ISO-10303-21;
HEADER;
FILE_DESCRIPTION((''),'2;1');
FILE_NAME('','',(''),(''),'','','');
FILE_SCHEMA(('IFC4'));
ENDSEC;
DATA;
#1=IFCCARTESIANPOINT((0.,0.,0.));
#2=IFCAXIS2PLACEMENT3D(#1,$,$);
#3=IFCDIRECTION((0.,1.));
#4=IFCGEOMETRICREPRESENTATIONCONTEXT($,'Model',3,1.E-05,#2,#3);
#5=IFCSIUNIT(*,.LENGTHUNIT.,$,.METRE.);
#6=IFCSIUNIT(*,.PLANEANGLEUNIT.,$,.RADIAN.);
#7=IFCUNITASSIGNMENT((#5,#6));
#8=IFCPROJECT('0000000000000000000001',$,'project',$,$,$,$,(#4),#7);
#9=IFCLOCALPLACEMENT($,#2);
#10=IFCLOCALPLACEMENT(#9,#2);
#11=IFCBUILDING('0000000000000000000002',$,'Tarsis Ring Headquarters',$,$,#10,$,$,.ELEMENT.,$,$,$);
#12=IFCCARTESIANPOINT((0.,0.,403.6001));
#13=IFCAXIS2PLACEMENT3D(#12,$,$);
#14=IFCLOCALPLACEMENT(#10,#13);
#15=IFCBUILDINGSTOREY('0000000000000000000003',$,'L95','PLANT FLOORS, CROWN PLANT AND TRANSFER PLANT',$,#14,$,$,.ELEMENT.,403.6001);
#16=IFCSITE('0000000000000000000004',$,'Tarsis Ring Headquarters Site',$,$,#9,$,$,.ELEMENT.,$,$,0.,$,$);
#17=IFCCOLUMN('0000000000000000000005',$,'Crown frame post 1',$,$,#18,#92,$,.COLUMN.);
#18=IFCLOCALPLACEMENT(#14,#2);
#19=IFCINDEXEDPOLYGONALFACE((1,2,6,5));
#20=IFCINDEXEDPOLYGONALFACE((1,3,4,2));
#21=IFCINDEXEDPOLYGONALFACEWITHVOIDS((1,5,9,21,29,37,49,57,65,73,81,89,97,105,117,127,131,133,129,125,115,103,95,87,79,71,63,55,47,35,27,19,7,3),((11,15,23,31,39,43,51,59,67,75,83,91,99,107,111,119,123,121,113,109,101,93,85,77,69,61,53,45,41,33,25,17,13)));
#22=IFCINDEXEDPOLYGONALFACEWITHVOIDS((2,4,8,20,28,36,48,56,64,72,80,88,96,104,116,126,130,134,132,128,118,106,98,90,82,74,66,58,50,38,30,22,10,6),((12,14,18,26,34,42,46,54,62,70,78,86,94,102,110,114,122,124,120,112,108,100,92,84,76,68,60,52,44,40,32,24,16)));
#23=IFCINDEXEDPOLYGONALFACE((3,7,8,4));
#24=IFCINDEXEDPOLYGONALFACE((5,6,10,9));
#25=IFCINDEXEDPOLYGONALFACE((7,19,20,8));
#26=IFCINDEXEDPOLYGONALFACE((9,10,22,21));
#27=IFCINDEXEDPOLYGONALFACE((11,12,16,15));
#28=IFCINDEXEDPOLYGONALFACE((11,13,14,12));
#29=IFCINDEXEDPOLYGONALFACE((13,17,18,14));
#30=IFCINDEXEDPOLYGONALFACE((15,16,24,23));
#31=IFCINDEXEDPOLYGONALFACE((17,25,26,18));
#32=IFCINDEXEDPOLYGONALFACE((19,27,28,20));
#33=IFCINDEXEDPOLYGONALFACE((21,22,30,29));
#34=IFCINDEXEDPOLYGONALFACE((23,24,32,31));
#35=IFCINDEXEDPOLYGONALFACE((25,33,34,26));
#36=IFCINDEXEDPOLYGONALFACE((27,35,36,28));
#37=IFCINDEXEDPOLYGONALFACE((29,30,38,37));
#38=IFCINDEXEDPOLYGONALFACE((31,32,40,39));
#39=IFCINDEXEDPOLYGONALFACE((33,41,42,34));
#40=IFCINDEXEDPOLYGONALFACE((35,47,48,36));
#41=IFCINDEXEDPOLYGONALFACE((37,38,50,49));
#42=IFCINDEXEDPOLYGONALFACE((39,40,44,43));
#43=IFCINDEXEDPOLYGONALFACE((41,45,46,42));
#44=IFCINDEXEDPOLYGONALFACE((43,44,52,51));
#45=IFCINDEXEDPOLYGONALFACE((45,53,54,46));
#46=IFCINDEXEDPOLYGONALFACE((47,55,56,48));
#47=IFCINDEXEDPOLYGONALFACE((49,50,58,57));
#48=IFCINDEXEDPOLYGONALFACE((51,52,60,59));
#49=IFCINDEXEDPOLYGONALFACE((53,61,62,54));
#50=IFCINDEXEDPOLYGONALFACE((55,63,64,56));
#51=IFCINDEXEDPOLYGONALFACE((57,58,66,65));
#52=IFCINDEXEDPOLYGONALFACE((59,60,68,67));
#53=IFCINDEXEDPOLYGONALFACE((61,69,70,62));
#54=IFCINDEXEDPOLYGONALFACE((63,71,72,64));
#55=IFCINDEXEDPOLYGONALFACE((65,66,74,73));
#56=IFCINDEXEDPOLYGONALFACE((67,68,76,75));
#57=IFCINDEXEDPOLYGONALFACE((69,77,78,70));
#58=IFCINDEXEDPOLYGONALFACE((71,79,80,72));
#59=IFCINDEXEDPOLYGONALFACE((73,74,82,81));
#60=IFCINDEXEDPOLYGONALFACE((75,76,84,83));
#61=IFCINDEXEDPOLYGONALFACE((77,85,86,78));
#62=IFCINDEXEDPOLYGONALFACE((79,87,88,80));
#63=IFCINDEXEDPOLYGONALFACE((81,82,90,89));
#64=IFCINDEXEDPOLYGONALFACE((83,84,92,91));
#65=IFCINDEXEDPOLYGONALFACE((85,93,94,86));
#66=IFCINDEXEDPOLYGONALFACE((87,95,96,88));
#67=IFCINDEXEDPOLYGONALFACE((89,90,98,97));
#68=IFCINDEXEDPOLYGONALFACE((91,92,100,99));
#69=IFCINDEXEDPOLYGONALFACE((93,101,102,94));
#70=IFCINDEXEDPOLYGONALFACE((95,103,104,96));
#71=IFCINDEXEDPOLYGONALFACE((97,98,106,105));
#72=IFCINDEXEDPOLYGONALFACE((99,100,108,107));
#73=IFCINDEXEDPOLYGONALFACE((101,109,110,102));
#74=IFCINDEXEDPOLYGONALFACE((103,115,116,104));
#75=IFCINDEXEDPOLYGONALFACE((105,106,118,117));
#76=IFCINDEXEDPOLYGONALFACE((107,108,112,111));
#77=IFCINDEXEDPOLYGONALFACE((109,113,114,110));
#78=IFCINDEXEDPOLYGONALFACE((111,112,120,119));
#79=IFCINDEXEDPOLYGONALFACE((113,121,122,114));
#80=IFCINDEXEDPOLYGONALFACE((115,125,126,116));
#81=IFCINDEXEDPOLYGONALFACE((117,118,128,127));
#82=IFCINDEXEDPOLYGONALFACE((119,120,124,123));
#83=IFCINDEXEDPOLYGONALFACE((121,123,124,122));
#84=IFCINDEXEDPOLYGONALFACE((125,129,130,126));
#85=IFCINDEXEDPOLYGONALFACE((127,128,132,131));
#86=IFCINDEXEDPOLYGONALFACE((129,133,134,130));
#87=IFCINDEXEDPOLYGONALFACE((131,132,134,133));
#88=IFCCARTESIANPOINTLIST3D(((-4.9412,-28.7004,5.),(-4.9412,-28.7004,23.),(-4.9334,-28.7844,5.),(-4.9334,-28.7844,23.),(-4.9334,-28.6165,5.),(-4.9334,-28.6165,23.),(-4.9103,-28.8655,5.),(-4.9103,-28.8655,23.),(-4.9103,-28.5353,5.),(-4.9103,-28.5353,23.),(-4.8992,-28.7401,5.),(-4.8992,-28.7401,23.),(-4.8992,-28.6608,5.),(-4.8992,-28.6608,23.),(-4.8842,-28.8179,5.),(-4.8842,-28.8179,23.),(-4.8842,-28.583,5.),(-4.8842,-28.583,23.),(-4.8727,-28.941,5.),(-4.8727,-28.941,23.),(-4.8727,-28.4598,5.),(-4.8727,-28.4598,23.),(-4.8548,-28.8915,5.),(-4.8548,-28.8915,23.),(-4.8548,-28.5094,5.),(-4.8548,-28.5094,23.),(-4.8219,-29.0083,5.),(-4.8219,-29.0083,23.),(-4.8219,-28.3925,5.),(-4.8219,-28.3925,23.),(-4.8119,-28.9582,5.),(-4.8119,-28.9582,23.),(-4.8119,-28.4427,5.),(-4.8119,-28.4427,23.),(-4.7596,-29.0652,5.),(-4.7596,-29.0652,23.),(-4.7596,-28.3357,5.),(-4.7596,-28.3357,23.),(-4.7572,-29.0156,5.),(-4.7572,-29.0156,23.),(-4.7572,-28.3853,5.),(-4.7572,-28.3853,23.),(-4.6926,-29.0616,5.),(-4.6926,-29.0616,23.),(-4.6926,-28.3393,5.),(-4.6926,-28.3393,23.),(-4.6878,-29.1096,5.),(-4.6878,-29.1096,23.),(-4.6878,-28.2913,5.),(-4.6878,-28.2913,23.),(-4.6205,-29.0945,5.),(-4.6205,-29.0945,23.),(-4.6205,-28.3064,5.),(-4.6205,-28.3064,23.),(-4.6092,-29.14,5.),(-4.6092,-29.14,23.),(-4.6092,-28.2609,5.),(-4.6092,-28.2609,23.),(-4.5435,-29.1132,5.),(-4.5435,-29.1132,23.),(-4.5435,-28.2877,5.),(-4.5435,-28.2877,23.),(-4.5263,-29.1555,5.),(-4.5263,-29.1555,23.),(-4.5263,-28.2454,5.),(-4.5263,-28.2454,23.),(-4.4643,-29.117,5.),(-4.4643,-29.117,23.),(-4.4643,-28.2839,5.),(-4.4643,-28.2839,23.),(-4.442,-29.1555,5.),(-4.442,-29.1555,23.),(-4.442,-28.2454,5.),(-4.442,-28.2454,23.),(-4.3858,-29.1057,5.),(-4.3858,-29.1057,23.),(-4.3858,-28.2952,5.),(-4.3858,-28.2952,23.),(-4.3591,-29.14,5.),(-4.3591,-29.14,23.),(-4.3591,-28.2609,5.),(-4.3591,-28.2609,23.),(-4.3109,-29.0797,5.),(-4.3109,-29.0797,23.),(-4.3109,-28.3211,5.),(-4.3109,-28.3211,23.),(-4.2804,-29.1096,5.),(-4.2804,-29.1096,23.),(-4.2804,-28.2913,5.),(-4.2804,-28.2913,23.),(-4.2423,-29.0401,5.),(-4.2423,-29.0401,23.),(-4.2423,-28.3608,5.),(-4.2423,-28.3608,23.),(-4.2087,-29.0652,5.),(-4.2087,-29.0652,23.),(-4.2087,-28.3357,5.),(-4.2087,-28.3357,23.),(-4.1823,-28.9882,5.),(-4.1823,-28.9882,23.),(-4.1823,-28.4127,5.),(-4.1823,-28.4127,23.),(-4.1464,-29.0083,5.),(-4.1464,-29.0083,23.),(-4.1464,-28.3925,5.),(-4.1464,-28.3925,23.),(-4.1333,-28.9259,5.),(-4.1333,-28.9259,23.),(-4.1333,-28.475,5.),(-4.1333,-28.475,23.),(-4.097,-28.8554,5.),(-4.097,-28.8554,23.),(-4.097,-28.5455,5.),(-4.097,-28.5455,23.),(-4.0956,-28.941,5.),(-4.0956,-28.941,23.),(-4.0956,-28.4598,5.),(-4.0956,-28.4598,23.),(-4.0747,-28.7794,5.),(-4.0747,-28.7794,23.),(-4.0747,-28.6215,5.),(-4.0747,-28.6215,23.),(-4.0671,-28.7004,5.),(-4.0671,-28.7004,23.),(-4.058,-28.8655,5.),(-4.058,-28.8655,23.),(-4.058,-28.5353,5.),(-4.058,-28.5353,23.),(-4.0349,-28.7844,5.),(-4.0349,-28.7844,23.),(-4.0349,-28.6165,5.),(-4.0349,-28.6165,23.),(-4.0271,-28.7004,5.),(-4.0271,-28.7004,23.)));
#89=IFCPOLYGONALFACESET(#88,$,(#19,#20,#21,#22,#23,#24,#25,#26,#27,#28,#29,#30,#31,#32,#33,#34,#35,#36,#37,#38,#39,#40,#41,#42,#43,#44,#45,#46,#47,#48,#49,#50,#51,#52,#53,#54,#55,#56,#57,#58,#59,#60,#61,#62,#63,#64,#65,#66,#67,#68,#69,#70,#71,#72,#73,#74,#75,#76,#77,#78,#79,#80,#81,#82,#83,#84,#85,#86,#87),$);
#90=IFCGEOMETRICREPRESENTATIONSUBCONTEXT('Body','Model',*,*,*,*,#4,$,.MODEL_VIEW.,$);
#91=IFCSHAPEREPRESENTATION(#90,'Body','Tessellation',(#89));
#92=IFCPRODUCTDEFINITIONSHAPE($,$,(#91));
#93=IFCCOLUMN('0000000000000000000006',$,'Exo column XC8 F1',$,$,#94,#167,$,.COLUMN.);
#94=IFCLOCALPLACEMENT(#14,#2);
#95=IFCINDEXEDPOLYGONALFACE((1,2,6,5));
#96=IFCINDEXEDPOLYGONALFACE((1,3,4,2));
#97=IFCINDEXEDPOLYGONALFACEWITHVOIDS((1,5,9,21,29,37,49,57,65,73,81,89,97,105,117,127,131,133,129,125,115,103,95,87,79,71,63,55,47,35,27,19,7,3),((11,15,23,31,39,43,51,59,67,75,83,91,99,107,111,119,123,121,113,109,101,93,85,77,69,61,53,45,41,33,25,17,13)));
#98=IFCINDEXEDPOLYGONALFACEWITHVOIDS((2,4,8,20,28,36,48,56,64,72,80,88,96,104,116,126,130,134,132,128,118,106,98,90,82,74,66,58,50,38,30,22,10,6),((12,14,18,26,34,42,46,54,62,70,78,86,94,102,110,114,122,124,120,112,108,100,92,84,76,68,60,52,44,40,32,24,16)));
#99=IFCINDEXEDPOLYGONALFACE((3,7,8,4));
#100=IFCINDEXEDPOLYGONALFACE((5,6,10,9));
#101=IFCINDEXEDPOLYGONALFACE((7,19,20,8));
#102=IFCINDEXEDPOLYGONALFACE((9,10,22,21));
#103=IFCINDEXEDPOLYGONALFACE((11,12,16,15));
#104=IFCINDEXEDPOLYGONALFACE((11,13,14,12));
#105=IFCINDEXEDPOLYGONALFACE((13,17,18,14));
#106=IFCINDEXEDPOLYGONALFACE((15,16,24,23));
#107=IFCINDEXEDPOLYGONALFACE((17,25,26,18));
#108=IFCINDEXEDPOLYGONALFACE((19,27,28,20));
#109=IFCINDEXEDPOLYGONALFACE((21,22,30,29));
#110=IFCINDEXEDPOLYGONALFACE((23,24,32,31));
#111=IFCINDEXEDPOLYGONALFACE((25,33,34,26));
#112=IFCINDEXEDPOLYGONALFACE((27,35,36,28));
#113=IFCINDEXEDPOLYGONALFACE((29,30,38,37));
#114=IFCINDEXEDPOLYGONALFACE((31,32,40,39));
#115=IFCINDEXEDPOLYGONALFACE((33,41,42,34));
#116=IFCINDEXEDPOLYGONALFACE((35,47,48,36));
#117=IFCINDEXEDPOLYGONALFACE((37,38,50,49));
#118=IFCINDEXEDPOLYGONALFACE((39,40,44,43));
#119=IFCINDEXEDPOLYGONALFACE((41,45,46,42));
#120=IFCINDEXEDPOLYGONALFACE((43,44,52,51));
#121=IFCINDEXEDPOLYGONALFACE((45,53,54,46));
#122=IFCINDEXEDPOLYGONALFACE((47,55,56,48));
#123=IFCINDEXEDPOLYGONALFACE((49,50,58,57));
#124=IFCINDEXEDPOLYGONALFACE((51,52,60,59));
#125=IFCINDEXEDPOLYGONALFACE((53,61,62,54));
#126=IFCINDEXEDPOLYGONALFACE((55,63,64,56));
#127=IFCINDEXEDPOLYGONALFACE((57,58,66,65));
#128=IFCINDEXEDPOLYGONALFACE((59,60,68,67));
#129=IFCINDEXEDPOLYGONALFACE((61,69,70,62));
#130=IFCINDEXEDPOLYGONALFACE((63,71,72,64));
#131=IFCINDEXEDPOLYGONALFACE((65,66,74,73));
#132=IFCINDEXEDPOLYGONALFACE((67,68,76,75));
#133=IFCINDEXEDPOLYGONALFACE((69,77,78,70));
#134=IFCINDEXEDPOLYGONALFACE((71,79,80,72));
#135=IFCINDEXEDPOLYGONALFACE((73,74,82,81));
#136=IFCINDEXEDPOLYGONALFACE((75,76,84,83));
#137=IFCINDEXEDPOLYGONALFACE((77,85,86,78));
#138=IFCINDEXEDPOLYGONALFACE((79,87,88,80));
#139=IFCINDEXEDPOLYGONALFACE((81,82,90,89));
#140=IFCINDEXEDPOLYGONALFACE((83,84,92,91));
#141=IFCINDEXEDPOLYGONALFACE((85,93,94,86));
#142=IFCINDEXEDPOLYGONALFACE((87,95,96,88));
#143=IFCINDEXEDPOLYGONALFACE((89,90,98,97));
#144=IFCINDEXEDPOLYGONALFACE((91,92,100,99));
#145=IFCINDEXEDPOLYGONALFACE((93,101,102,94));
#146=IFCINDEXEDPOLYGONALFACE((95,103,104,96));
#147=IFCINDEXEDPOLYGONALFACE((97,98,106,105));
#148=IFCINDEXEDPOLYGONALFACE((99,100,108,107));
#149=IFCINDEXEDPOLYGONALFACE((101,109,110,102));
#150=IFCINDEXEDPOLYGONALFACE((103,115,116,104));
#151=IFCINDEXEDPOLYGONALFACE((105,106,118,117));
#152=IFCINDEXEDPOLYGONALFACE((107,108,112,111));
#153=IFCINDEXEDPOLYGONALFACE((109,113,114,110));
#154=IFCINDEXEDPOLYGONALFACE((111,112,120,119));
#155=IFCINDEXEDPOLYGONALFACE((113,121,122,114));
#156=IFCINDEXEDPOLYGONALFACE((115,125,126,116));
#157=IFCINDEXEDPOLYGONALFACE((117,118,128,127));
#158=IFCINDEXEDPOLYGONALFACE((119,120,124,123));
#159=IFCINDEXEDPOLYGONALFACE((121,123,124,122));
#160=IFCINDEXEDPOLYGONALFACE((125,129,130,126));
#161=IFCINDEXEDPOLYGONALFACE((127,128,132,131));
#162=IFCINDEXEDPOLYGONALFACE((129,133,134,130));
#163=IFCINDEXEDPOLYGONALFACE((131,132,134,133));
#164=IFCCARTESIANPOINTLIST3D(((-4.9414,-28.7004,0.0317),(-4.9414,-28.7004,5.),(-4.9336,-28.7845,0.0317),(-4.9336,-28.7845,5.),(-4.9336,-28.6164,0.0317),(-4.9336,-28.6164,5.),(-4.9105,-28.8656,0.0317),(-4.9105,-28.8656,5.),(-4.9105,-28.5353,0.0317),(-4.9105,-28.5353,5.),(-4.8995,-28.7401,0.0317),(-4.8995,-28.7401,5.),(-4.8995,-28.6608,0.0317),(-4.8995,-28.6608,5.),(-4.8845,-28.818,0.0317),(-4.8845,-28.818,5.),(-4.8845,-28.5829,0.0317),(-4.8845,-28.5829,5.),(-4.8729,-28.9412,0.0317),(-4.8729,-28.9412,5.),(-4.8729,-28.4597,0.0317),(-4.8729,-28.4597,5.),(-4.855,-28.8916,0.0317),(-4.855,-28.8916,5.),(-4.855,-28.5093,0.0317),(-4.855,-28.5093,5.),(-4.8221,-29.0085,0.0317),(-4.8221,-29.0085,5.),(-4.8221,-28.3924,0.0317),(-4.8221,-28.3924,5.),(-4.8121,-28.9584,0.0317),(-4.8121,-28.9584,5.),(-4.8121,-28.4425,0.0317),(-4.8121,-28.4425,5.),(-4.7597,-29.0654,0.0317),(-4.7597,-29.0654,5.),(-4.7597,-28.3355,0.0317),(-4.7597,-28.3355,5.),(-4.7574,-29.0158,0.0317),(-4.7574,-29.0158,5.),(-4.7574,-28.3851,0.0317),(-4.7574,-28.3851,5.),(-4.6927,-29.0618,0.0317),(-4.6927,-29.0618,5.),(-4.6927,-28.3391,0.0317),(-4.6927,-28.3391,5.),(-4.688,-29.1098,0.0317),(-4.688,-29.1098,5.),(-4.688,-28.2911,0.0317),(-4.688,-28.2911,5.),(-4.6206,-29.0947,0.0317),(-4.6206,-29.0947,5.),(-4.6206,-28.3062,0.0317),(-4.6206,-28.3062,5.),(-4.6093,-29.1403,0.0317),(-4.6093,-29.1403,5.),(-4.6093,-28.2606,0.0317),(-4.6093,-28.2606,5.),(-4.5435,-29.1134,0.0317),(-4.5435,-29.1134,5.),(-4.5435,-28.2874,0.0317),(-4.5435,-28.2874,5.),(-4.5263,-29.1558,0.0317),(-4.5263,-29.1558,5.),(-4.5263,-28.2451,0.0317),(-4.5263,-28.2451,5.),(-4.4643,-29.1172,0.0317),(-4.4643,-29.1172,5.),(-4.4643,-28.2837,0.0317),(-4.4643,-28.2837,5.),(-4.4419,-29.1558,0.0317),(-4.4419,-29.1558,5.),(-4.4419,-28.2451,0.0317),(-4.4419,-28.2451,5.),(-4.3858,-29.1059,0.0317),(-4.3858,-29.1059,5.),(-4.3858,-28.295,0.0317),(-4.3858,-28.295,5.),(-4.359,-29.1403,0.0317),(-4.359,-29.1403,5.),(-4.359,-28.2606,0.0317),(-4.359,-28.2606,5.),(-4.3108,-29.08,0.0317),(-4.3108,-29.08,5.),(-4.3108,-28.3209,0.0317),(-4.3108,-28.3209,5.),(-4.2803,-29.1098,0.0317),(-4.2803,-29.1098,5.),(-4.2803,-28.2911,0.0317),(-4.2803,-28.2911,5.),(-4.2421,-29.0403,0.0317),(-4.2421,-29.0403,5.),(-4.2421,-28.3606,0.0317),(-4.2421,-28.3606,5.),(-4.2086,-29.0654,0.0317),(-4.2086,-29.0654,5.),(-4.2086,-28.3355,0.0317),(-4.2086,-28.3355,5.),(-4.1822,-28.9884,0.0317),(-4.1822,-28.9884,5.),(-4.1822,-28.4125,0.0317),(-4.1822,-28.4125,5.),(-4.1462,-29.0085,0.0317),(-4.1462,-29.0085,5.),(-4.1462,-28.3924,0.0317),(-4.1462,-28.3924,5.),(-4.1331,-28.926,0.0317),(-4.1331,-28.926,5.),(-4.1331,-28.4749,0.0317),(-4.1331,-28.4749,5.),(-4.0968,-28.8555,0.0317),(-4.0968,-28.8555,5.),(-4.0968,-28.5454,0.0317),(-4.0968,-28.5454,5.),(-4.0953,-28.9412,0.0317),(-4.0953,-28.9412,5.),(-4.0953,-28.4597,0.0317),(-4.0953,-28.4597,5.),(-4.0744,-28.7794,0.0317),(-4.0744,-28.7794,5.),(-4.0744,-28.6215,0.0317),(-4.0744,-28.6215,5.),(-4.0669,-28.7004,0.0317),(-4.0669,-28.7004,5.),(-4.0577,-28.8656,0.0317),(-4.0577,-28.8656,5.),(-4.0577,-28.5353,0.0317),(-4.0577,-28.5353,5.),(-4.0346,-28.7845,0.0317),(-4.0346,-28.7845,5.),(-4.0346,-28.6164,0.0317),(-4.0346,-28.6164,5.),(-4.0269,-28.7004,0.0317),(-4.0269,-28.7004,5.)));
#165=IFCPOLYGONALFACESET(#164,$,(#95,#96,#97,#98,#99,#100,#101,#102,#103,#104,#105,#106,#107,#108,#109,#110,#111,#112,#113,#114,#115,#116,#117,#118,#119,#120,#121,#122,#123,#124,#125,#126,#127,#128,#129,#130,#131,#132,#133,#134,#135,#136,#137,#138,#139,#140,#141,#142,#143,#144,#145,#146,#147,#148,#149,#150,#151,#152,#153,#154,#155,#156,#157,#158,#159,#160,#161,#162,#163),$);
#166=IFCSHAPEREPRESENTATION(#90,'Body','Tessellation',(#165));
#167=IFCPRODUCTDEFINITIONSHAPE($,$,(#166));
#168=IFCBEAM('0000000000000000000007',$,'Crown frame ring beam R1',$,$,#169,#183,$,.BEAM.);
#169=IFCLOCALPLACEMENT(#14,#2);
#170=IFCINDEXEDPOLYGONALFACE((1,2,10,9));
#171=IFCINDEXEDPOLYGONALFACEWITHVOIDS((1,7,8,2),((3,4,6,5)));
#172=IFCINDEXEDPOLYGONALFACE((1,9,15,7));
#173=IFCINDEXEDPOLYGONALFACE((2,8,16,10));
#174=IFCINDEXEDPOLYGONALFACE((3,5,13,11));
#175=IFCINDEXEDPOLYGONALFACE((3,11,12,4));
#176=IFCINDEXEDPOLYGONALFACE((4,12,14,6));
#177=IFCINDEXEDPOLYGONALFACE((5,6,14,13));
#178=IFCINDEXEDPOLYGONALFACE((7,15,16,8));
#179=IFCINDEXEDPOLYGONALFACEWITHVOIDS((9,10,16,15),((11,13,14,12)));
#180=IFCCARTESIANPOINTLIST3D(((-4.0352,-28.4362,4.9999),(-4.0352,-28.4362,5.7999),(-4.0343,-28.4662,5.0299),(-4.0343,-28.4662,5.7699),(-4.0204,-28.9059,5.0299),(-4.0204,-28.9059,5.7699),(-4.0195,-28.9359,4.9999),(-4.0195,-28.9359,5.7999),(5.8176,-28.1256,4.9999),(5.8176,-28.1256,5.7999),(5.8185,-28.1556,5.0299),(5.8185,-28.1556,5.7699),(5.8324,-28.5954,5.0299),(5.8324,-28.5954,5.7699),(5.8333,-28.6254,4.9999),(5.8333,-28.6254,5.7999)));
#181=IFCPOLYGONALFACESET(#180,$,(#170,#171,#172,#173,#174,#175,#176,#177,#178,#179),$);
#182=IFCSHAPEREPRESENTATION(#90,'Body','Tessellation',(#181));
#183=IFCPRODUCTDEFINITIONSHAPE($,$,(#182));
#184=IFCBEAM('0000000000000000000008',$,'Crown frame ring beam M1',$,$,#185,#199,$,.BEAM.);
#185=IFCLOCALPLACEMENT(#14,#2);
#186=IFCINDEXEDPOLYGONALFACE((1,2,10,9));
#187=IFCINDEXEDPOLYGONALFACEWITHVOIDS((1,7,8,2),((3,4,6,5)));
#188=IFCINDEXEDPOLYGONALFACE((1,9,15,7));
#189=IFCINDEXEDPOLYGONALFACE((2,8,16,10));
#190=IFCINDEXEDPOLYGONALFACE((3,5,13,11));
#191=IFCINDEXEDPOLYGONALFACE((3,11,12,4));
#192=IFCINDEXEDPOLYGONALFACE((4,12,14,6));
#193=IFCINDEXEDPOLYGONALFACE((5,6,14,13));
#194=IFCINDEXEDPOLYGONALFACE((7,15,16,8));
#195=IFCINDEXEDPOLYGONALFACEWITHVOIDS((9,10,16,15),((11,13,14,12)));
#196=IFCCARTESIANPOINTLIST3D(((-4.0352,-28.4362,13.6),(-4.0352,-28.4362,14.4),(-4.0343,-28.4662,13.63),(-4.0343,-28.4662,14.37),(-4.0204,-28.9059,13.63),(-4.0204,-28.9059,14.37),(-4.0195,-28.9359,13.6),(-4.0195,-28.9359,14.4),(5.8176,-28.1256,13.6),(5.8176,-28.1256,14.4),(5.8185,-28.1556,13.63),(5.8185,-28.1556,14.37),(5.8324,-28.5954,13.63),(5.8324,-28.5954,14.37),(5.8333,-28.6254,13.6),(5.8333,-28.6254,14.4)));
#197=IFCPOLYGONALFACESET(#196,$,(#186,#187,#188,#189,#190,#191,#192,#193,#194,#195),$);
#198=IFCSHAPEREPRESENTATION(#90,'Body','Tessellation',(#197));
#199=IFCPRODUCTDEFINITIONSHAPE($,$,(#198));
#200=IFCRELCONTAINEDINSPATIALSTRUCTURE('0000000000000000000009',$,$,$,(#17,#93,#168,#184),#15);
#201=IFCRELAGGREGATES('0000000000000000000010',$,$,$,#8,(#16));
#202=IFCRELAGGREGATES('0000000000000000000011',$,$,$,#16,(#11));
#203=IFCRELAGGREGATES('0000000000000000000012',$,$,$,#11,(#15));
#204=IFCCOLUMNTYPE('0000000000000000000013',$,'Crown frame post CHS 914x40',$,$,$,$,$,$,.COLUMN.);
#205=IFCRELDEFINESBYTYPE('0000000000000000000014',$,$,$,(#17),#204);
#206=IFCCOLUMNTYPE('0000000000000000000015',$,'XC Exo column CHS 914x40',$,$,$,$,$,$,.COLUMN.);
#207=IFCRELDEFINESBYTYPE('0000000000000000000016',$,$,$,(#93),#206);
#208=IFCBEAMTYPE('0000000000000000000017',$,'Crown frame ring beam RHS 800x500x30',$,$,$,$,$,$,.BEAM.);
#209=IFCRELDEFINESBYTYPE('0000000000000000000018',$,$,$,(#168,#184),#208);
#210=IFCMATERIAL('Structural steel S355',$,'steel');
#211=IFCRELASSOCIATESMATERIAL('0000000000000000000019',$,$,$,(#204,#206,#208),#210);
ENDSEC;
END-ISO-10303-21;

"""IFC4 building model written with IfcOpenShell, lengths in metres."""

from ifc_helpers import new_model, si_unit, direction, frame, origin, origin_2d, place, context, subcontext, project, spatial, hollow_rectangle, hollow_circle, extrude, material, material_profile, profile_set, type_object, element, save


model = new_model("IFC4")

# Units and contexts
model_context = context("Model", 3, precision=1e-05, world=origin(), true_north=direction((0.0, 1.0)))
body_context = subcontext(model_context, "Body", "Model", "MODEL_VIEW")
ifc_project = project(units=[si_unit("LENGTHUNIT", "METRE"), si_unit("PLANEANGLEUNIT", "RADIAN")], contexts=[model_context])

# Site, building, storey
site_placement = place(None, origin())
site = spatial("IfcSite", under=ifc_project, at=site_placement, Name="Tarsis Ring Headquarters Site", CompositionType="ELEMENT", RefElevation=0.0)
building_placement = place(site_placement, origin())
building = spatial("IfcBuilding", under=site, at=building_placement, Name="Tarsis Ring Headquarters", CompositionType="ELEMENT")
storey_placement = place(building_placement, frame((0.0, 0.0, 403.6001)))
storey = spatial("IfcBuildingStorey", under=building, at=storey_placement, Name="L95", Description="PLANT FLOORS, CROWN PLANT AND TRANSFER PLANT", CompositionType="ELEMENT", Elevation=403.6001)

# Columns
ifc_material_1 = material(Name="Structural steel S355", Category="steel")
ifc_material_profile_1 = material_profile(ifc_material_1, hollow_circle(Radius=0.457, WallThickness=0.04, at=origin_2d()), Name="CHS 914x40")
ifc_profile_set_1 = profile_set([ifc_material_profile_1], Name="Structural steel S355")
column_type_1 = type_object("IfcColumnType", Name="Crown frame post CHS 914x40", PredefinedType="COLUMN", material=ifc_profile_set_1)
column_1_placement = place(storey_placement, frame((-4.4841, -28.7004, 5.0), z_axis=(0.0, 0.0, 1.0), x_axis=(1.0, 0.0, 0.0)))
element("IfcColumn", 1, at=column_1_placement, inside=storey, type_object=column_type_1, Name="Crown frame post 1", PredefinedType="COLUMN", context=body_context, shape_type="SweptSolid", body=[
    extrude(hollow_circle(Radius=0.457, WallThickness=0.04, at=origin_2d()), origin(), (0.0, 0.0, 1.0), 18.0),
])
column_type_2 = type_object("IfcColumnType", Name="XC Exo column CHS 914x40", PredefinedType="COLUMN", material=ifc_profile_set_1)
column_2_placement = place(storey_placement, frame((-4.4841, -28.7004, 0.0317), z_axis=(0.0, 0.0, 1.0), x_axis=(1.0, 0.0, 0.0)))
element("IfcColumn", 2, at=column_2_placement, inside=storey, type_object=column_type_2, Name="Exo column XC8 F1", PredefinedType="COLUMN", context=body_context, shape_type="SweptSolid", body=[
    extrude(hollow_circle(Radius=0.4573, WallThickness=0.04, at=origin_2d()), origin(), (0.0, 0.0, 1.0), 4.9683),
])

# Beams
ifc_material_profile_2 = material_profile(ifc_material_1, hollow_rectangle(XDim=0.5, YDim=0.8, WallThickness=0.03, at=origin_2d()), Name="RHS 800x500x30")
ifc_profile_set_2 = profile_set([ifc_material_profile_2], Name="Structural steel S355")
beam_type_1 = type_object("IfcBeamType", Name="Crown frame ring beam RHS 800x500x30", PredefinedType="BEAM", material=ifc_profile_set_2)
for number, where, z_axis, x_axis, name in (
    (3, (-4.0273, -28.686, 5.3999), (0.999504, 0.031503, 0.0), (-0.031503, 0.999504, 0.0), "Crown frame ring beam R1"),
    (4, (-4.0273, -28.686, 14.0), (0.999504, 0.031503, 0.0), (-0.031503, 0.999504, 0.0), "Crown frame ring beam M1"),
):
    element("IfcBeam", number, at=place(storey_placement, frame(where, z_axis=z_axis, x_axis=x_axis)), inside=storey, type_object=beam_type_1, Name=name, PredefinedType="BEAM", context=body_context, shape_type="SweptSolid", body=[
        extrude(hollow_rectangle(XDim=0.5, YDim=0.8, WallThickness=0.03, at=origin_2d()), origin(), (0.0, 0.0, 1.0), 9.8577),
    ])

save(model, "model.ifc")
